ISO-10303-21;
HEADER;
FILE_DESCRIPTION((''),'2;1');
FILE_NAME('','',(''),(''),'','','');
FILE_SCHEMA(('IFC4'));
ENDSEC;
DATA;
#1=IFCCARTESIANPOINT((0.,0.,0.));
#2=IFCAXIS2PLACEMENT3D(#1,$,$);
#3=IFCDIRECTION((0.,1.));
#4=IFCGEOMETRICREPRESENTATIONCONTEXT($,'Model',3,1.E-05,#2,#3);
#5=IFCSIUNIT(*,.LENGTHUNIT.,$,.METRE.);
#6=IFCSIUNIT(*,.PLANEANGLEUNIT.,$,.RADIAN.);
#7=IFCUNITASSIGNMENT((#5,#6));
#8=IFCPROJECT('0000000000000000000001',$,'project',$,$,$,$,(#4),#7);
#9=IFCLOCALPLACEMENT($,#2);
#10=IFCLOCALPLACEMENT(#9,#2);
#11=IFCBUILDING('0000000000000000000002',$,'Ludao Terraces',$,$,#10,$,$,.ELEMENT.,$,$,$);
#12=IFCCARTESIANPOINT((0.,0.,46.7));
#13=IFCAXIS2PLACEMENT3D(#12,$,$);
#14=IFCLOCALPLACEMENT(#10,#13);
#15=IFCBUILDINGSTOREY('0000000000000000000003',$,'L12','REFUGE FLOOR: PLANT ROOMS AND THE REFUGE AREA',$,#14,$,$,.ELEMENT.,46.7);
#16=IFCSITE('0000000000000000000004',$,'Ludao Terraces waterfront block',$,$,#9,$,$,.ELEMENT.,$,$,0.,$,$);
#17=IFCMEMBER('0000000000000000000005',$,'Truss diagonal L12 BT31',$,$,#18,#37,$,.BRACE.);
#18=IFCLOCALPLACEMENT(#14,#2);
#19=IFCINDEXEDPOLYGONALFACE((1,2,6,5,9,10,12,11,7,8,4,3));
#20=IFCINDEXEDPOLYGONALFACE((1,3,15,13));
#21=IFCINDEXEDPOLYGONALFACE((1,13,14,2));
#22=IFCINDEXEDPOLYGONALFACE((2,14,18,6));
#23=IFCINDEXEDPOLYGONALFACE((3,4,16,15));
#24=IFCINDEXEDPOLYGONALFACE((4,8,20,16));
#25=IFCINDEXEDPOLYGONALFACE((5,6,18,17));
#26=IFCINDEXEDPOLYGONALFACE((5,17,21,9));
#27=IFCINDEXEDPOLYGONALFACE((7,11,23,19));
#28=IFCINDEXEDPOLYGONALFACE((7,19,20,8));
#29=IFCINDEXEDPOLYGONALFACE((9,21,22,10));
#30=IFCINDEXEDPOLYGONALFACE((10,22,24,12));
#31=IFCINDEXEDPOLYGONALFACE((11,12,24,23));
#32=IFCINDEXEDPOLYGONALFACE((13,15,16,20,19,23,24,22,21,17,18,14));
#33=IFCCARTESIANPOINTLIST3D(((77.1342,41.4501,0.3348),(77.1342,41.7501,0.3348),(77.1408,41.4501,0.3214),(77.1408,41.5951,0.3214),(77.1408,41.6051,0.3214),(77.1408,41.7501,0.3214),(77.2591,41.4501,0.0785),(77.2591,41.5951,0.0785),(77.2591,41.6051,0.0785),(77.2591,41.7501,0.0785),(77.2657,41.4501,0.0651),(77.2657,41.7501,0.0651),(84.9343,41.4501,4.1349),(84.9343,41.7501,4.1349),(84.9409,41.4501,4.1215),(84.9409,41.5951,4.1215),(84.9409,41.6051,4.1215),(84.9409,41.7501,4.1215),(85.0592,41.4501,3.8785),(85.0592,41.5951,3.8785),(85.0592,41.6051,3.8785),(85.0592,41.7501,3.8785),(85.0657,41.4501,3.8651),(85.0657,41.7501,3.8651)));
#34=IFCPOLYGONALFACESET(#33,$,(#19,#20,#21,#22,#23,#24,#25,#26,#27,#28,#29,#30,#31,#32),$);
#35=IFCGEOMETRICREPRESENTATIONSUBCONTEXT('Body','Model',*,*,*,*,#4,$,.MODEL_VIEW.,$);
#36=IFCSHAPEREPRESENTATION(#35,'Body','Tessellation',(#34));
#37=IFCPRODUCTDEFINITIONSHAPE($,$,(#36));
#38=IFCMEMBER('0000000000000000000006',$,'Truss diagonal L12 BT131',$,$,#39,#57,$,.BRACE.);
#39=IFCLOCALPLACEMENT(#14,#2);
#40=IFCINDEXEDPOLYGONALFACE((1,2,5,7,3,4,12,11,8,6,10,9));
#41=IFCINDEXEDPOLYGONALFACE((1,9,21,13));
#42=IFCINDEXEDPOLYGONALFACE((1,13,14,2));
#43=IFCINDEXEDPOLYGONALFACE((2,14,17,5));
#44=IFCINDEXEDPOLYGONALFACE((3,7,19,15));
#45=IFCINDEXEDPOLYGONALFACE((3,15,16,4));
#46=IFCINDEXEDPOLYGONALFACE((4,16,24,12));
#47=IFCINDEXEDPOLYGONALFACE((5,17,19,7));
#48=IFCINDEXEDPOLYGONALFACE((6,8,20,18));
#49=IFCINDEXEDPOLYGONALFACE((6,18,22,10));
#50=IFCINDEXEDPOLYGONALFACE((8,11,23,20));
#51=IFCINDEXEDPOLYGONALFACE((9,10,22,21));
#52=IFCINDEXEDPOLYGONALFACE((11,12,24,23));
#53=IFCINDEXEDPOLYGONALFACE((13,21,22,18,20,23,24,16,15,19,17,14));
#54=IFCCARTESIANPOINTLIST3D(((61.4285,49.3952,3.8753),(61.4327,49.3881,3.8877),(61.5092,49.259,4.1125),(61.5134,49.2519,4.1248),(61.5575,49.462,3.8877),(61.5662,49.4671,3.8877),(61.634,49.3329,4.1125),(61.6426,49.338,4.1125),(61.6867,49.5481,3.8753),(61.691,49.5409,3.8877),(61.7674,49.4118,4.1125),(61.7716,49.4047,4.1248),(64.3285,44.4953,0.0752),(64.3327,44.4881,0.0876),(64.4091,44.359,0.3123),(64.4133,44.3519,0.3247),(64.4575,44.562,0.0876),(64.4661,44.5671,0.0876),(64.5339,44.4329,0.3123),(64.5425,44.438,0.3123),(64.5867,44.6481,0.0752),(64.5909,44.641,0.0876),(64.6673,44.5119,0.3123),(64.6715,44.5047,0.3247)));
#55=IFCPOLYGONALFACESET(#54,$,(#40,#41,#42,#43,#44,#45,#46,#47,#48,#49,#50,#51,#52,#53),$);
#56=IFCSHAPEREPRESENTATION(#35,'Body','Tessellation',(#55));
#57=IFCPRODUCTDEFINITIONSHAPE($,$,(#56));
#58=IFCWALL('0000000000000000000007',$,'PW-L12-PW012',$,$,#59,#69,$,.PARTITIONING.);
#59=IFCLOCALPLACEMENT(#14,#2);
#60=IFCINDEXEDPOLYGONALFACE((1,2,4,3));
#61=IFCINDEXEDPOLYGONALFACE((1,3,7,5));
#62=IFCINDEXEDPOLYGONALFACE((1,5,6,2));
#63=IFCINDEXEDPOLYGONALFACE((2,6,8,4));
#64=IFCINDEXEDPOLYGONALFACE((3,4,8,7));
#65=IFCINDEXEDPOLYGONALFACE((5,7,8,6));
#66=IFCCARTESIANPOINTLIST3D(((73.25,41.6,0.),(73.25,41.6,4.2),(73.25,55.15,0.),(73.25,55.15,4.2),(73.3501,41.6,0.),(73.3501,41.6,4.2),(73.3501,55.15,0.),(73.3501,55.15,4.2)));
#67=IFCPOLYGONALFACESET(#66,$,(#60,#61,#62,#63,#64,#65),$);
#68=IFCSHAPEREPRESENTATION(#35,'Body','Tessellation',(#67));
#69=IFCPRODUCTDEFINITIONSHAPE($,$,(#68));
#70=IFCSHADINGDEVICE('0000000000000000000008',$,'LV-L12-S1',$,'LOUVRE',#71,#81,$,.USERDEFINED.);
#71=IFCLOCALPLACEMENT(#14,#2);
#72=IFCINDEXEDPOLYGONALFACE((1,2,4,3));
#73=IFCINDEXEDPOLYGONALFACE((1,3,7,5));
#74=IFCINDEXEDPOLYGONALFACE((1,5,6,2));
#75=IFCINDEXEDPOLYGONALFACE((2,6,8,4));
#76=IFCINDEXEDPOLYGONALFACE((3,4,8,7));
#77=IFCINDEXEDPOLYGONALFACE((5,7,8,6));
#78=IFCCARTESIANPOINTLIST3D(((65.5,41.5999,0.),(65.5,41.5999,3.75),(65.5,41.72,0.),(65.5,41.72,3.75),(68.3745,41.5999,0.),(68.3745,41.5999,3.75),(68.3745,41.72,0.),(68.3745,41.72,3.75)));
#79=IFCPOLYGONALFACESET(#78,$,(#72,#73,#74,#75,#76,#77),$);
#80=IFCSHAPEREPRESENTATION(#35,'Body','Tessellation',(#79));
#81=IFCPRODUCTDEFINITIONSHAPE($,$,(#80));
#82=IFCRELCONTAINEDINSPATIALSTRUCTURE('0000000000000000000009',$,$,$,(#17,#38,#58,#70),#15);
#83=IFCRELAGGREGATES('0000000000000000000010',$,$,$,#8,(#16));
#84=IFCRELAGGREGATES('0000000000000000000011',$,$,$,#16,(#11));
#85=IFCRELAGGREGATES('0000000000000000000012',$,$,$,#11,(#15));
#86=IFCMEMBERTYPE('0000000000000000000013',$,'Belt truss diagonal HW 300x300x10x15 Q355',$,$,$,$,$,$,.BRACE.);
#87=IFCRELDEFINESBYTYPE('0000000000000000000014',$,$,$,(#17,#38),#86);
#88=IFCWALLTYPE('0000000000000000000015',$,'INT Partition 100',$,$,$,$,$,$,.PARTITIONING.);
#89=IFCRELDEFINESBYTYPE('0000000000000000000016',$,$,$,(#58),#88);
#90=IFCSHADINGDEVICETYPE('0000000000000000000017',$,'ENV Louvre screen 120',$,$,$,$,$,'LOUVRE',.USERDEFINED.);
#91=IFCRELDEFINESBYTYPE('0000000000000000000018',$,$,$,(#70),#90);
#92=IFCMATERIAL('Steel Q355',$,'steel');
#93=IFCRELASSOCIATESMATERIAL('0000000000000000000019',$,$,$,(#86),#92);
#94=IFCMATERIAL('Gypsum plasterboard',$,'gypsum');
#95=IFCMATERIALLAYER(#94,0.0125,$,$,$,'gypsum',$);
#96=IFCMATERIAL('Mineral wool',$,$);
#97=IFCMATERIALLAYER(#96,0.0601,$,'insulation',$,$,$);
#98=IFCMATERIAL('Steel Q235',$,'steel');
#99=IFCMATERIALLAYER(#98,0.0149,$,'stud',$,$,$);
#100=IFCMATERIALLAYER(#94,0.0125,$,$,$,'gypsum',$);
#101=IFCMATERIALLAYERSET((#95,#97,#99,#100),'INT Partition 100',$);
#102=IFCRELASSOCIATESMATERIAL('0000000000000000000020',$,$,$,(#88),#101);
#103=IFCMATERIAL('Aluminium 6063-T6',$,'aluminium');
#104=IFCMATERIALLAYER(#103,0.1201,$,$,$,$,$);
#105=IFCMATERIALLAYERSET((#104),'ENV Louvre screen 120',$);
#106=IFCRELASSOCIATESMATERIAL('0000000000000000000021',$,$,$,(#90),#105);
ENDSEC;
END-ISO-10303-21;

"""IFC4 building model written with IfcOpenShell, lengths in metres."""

from ifc_helpers import new_model, si_unit, direction, frame, frame_2d, origin, origin_2d, place, context, subcontext, project, spatial, rectangle, i_section, extrude, material, layer, layer_set, material_profile, profile_set, type_object, element, save


model = new_model("IFC4")

# Units and contexts
model_context = context("Model", 3, precision=1e-05, world=origin(), true_north=direction((0.0, 1.0)))
body_context = subcontext(model_context, "Body", "Model", "MODEL_VIEW")
ifc_project = project(units=[si_unit("LENGTHUNIT", "METRE"), si_unit("PLANEANGLEUNIT", "RADIAN")], contexts=[model_context])

# Site, building, storey
site_placement = place(None, origin())
site = spatial("IfcSite", under=ifc_project, at=site_placement, Name="Ludao Terraces waterfront block", CompositionType="ELEMENT", RefElevation=0.0)
building_placement = place(site_placement, origin())
building = spatial("IfcBuilding", under=site, at=building_placement, Name="Ludao Terraces", CompositionType="ELEMENT")
storey_placement = place(building_placement, frame((0.0, 0.0, 46.7)))
storey = spatial("IfcBuildingStorey", under=building, at=storey_placement, Name="L12", Description="REFUGE FLOOR: PLANT ROOMS AND THE REFUGE AREA", CompositionType="ELEMENT", Elevation=46.7)

# Members
ifc_material_1 = material(Name="Steel Q355", Category="steel")
ifc_material_profile_1 = material_profile(ifc_material_1, i_section(OverallWidth=0.3, OverallDepth=0.3, WebThickness=0.01, FlangeThickness=0.0149, at=origin_2d()), Name="HW 300X300X10X15")
ifc_profile_set_1 = profile_set([ifc_material_profile_1], Name="Steel Q355")
member_type_1 = type_object("IfcMemberType", Name="Belt truss diagonal HW 300x300x10x15 Q355", PredefinedType="BRACE", material=ifc_profile_set_1)
for number, where, z_axis, x_axis, name in (
    (1, (77.2, 41.6001, 0.2), (0.898989, 0.0, 0.437972), (0.0, 1.0, 0.0), "Truss diagonal L12 BT31"),
):
    element("IfcMember", number, at=place(storey_placement, frame(where, z_axis=z_axis, x_axis=x_axis)), inside=storey, type_object=member_type_1, Name=name, PredefinedType="BRACE", context=body_context, shape_type="SweptSolid", body=[
        extrude(i_section(OverallWidth=0.3, OverallDepth=0.3, WebThickness=0.01, FlangeThickness=0.0149, at=origin_2d()), origin(), (0.0, 0.0, 1.0), 8.6765),
    ])
member_1_placement = place(storey_placement, frame((64.5, 44.5, 0.2), z_axis=(-0.423631, 0.7158, 0.555128), x_axis=(-0.86058, -0.509316, 0.0)))
element("IfcMember", 2, at=member_1_placement, inside=storey, type_object=member_type_1, Name="Truss diagonal L12 BT131", PredefinedType="BRACE", context=body_context, shape_type="SweptSolid", body=[
    extrude(i_section(OverallWidth=0.3, OverallDepth=0.3, WebThickness=0.01, FlangeThickness=0.0149, at=origin_2d()), origin(), (0.0, 0.0, 1.0), 6.8455),
])

# Wall
ifc_material_2 = material(Name="Gypsum plasterboard", Category="gypsum")
ifc_layer_1 = layer(ifc_material_2, 0.0125, Category="gypsum")
ifc_material_3 = material(Name="Mineral wool")
ifc_layer_2 = layer(ifc_material_3, 0.0601, Name="insulation")
ifc_material_4 = material(Name="Steel Q235", Category="steel")
ifc_layer_3 = layer(ifc_material_4, 0.0149, Name="stud")
ifc_layer_4 = layer(ifc_material_2, 0.0125, Category="gypsum")
ifc_layer_set_1 = layer_set([ifc_layer_1, ifc_layer_2, ifc_layer_3, ifc_layer_4], Name="INT Partition 100")
wall_type = type_object("IfcWallType", Name="INT Partition 100", PredefinedType="PARTITIONING", material=ifc_layer_set_1)
wall_placement = place(storey_placement, frame((73.3, 41.6001, 0.0), z_axis=(0.0, 0.0, 1.0), x_axis=(0.0, 1.0, 0.0)))
element("IfcWall", 3, at=wall_placement, inside=storey, type_object=wall_type, Name="PW-L12-PW012", PredefinedType="PARTITIONING", context=body_context, shape_type="SweptSolid", body=[
    extrude(rectangle(XDim=13.55, YDim=0.1001, at=frame_2d((6.7749, 0.0))), origin(), (0.0, 0.0, 1.0), 4.2),
])

# Shading device
ifc_material_5 = material(Name="Aluminium 6063-T6", Category="aluminium")
ifc_layer_5 = layer(ifc_material_5, 0.1201)
ifc_layer_set_2 = layer_set([ifc_layer_5], Name="ENV Louvre screen 120")
shading_device_type = type_object("IfcShadingDeviceType", Name="ENV Louvre screen 120", ElementType="LOUVRE", PredefinedType="USERDEFINED", material=ifc_layer_set_2)
shading_device_placement = place(storey_placement, frame((65.5, 41.6599, 0.0), z_axis=(0.0, 0.0, 1.0), x_axis=(1.0, 0.0, 0.0)))
element("IfcShadingDevice", 4, at=shading_device_placement, inside=storey, type_object=shading_device_type, Name="LV-L12-S1", ObjectType="LOUVRE", PredefinedType="USERDEFINED", context=body_context, shape_type="SweptSolid", body=[
    extrude(rectangle(XDim=2.8745, YDim=0.1201, at=frame_2d((1.4373, 0.0))), origin(), (0.0, 0.0, 1.0), 3.75),
])

save(model, "model.ifc")
